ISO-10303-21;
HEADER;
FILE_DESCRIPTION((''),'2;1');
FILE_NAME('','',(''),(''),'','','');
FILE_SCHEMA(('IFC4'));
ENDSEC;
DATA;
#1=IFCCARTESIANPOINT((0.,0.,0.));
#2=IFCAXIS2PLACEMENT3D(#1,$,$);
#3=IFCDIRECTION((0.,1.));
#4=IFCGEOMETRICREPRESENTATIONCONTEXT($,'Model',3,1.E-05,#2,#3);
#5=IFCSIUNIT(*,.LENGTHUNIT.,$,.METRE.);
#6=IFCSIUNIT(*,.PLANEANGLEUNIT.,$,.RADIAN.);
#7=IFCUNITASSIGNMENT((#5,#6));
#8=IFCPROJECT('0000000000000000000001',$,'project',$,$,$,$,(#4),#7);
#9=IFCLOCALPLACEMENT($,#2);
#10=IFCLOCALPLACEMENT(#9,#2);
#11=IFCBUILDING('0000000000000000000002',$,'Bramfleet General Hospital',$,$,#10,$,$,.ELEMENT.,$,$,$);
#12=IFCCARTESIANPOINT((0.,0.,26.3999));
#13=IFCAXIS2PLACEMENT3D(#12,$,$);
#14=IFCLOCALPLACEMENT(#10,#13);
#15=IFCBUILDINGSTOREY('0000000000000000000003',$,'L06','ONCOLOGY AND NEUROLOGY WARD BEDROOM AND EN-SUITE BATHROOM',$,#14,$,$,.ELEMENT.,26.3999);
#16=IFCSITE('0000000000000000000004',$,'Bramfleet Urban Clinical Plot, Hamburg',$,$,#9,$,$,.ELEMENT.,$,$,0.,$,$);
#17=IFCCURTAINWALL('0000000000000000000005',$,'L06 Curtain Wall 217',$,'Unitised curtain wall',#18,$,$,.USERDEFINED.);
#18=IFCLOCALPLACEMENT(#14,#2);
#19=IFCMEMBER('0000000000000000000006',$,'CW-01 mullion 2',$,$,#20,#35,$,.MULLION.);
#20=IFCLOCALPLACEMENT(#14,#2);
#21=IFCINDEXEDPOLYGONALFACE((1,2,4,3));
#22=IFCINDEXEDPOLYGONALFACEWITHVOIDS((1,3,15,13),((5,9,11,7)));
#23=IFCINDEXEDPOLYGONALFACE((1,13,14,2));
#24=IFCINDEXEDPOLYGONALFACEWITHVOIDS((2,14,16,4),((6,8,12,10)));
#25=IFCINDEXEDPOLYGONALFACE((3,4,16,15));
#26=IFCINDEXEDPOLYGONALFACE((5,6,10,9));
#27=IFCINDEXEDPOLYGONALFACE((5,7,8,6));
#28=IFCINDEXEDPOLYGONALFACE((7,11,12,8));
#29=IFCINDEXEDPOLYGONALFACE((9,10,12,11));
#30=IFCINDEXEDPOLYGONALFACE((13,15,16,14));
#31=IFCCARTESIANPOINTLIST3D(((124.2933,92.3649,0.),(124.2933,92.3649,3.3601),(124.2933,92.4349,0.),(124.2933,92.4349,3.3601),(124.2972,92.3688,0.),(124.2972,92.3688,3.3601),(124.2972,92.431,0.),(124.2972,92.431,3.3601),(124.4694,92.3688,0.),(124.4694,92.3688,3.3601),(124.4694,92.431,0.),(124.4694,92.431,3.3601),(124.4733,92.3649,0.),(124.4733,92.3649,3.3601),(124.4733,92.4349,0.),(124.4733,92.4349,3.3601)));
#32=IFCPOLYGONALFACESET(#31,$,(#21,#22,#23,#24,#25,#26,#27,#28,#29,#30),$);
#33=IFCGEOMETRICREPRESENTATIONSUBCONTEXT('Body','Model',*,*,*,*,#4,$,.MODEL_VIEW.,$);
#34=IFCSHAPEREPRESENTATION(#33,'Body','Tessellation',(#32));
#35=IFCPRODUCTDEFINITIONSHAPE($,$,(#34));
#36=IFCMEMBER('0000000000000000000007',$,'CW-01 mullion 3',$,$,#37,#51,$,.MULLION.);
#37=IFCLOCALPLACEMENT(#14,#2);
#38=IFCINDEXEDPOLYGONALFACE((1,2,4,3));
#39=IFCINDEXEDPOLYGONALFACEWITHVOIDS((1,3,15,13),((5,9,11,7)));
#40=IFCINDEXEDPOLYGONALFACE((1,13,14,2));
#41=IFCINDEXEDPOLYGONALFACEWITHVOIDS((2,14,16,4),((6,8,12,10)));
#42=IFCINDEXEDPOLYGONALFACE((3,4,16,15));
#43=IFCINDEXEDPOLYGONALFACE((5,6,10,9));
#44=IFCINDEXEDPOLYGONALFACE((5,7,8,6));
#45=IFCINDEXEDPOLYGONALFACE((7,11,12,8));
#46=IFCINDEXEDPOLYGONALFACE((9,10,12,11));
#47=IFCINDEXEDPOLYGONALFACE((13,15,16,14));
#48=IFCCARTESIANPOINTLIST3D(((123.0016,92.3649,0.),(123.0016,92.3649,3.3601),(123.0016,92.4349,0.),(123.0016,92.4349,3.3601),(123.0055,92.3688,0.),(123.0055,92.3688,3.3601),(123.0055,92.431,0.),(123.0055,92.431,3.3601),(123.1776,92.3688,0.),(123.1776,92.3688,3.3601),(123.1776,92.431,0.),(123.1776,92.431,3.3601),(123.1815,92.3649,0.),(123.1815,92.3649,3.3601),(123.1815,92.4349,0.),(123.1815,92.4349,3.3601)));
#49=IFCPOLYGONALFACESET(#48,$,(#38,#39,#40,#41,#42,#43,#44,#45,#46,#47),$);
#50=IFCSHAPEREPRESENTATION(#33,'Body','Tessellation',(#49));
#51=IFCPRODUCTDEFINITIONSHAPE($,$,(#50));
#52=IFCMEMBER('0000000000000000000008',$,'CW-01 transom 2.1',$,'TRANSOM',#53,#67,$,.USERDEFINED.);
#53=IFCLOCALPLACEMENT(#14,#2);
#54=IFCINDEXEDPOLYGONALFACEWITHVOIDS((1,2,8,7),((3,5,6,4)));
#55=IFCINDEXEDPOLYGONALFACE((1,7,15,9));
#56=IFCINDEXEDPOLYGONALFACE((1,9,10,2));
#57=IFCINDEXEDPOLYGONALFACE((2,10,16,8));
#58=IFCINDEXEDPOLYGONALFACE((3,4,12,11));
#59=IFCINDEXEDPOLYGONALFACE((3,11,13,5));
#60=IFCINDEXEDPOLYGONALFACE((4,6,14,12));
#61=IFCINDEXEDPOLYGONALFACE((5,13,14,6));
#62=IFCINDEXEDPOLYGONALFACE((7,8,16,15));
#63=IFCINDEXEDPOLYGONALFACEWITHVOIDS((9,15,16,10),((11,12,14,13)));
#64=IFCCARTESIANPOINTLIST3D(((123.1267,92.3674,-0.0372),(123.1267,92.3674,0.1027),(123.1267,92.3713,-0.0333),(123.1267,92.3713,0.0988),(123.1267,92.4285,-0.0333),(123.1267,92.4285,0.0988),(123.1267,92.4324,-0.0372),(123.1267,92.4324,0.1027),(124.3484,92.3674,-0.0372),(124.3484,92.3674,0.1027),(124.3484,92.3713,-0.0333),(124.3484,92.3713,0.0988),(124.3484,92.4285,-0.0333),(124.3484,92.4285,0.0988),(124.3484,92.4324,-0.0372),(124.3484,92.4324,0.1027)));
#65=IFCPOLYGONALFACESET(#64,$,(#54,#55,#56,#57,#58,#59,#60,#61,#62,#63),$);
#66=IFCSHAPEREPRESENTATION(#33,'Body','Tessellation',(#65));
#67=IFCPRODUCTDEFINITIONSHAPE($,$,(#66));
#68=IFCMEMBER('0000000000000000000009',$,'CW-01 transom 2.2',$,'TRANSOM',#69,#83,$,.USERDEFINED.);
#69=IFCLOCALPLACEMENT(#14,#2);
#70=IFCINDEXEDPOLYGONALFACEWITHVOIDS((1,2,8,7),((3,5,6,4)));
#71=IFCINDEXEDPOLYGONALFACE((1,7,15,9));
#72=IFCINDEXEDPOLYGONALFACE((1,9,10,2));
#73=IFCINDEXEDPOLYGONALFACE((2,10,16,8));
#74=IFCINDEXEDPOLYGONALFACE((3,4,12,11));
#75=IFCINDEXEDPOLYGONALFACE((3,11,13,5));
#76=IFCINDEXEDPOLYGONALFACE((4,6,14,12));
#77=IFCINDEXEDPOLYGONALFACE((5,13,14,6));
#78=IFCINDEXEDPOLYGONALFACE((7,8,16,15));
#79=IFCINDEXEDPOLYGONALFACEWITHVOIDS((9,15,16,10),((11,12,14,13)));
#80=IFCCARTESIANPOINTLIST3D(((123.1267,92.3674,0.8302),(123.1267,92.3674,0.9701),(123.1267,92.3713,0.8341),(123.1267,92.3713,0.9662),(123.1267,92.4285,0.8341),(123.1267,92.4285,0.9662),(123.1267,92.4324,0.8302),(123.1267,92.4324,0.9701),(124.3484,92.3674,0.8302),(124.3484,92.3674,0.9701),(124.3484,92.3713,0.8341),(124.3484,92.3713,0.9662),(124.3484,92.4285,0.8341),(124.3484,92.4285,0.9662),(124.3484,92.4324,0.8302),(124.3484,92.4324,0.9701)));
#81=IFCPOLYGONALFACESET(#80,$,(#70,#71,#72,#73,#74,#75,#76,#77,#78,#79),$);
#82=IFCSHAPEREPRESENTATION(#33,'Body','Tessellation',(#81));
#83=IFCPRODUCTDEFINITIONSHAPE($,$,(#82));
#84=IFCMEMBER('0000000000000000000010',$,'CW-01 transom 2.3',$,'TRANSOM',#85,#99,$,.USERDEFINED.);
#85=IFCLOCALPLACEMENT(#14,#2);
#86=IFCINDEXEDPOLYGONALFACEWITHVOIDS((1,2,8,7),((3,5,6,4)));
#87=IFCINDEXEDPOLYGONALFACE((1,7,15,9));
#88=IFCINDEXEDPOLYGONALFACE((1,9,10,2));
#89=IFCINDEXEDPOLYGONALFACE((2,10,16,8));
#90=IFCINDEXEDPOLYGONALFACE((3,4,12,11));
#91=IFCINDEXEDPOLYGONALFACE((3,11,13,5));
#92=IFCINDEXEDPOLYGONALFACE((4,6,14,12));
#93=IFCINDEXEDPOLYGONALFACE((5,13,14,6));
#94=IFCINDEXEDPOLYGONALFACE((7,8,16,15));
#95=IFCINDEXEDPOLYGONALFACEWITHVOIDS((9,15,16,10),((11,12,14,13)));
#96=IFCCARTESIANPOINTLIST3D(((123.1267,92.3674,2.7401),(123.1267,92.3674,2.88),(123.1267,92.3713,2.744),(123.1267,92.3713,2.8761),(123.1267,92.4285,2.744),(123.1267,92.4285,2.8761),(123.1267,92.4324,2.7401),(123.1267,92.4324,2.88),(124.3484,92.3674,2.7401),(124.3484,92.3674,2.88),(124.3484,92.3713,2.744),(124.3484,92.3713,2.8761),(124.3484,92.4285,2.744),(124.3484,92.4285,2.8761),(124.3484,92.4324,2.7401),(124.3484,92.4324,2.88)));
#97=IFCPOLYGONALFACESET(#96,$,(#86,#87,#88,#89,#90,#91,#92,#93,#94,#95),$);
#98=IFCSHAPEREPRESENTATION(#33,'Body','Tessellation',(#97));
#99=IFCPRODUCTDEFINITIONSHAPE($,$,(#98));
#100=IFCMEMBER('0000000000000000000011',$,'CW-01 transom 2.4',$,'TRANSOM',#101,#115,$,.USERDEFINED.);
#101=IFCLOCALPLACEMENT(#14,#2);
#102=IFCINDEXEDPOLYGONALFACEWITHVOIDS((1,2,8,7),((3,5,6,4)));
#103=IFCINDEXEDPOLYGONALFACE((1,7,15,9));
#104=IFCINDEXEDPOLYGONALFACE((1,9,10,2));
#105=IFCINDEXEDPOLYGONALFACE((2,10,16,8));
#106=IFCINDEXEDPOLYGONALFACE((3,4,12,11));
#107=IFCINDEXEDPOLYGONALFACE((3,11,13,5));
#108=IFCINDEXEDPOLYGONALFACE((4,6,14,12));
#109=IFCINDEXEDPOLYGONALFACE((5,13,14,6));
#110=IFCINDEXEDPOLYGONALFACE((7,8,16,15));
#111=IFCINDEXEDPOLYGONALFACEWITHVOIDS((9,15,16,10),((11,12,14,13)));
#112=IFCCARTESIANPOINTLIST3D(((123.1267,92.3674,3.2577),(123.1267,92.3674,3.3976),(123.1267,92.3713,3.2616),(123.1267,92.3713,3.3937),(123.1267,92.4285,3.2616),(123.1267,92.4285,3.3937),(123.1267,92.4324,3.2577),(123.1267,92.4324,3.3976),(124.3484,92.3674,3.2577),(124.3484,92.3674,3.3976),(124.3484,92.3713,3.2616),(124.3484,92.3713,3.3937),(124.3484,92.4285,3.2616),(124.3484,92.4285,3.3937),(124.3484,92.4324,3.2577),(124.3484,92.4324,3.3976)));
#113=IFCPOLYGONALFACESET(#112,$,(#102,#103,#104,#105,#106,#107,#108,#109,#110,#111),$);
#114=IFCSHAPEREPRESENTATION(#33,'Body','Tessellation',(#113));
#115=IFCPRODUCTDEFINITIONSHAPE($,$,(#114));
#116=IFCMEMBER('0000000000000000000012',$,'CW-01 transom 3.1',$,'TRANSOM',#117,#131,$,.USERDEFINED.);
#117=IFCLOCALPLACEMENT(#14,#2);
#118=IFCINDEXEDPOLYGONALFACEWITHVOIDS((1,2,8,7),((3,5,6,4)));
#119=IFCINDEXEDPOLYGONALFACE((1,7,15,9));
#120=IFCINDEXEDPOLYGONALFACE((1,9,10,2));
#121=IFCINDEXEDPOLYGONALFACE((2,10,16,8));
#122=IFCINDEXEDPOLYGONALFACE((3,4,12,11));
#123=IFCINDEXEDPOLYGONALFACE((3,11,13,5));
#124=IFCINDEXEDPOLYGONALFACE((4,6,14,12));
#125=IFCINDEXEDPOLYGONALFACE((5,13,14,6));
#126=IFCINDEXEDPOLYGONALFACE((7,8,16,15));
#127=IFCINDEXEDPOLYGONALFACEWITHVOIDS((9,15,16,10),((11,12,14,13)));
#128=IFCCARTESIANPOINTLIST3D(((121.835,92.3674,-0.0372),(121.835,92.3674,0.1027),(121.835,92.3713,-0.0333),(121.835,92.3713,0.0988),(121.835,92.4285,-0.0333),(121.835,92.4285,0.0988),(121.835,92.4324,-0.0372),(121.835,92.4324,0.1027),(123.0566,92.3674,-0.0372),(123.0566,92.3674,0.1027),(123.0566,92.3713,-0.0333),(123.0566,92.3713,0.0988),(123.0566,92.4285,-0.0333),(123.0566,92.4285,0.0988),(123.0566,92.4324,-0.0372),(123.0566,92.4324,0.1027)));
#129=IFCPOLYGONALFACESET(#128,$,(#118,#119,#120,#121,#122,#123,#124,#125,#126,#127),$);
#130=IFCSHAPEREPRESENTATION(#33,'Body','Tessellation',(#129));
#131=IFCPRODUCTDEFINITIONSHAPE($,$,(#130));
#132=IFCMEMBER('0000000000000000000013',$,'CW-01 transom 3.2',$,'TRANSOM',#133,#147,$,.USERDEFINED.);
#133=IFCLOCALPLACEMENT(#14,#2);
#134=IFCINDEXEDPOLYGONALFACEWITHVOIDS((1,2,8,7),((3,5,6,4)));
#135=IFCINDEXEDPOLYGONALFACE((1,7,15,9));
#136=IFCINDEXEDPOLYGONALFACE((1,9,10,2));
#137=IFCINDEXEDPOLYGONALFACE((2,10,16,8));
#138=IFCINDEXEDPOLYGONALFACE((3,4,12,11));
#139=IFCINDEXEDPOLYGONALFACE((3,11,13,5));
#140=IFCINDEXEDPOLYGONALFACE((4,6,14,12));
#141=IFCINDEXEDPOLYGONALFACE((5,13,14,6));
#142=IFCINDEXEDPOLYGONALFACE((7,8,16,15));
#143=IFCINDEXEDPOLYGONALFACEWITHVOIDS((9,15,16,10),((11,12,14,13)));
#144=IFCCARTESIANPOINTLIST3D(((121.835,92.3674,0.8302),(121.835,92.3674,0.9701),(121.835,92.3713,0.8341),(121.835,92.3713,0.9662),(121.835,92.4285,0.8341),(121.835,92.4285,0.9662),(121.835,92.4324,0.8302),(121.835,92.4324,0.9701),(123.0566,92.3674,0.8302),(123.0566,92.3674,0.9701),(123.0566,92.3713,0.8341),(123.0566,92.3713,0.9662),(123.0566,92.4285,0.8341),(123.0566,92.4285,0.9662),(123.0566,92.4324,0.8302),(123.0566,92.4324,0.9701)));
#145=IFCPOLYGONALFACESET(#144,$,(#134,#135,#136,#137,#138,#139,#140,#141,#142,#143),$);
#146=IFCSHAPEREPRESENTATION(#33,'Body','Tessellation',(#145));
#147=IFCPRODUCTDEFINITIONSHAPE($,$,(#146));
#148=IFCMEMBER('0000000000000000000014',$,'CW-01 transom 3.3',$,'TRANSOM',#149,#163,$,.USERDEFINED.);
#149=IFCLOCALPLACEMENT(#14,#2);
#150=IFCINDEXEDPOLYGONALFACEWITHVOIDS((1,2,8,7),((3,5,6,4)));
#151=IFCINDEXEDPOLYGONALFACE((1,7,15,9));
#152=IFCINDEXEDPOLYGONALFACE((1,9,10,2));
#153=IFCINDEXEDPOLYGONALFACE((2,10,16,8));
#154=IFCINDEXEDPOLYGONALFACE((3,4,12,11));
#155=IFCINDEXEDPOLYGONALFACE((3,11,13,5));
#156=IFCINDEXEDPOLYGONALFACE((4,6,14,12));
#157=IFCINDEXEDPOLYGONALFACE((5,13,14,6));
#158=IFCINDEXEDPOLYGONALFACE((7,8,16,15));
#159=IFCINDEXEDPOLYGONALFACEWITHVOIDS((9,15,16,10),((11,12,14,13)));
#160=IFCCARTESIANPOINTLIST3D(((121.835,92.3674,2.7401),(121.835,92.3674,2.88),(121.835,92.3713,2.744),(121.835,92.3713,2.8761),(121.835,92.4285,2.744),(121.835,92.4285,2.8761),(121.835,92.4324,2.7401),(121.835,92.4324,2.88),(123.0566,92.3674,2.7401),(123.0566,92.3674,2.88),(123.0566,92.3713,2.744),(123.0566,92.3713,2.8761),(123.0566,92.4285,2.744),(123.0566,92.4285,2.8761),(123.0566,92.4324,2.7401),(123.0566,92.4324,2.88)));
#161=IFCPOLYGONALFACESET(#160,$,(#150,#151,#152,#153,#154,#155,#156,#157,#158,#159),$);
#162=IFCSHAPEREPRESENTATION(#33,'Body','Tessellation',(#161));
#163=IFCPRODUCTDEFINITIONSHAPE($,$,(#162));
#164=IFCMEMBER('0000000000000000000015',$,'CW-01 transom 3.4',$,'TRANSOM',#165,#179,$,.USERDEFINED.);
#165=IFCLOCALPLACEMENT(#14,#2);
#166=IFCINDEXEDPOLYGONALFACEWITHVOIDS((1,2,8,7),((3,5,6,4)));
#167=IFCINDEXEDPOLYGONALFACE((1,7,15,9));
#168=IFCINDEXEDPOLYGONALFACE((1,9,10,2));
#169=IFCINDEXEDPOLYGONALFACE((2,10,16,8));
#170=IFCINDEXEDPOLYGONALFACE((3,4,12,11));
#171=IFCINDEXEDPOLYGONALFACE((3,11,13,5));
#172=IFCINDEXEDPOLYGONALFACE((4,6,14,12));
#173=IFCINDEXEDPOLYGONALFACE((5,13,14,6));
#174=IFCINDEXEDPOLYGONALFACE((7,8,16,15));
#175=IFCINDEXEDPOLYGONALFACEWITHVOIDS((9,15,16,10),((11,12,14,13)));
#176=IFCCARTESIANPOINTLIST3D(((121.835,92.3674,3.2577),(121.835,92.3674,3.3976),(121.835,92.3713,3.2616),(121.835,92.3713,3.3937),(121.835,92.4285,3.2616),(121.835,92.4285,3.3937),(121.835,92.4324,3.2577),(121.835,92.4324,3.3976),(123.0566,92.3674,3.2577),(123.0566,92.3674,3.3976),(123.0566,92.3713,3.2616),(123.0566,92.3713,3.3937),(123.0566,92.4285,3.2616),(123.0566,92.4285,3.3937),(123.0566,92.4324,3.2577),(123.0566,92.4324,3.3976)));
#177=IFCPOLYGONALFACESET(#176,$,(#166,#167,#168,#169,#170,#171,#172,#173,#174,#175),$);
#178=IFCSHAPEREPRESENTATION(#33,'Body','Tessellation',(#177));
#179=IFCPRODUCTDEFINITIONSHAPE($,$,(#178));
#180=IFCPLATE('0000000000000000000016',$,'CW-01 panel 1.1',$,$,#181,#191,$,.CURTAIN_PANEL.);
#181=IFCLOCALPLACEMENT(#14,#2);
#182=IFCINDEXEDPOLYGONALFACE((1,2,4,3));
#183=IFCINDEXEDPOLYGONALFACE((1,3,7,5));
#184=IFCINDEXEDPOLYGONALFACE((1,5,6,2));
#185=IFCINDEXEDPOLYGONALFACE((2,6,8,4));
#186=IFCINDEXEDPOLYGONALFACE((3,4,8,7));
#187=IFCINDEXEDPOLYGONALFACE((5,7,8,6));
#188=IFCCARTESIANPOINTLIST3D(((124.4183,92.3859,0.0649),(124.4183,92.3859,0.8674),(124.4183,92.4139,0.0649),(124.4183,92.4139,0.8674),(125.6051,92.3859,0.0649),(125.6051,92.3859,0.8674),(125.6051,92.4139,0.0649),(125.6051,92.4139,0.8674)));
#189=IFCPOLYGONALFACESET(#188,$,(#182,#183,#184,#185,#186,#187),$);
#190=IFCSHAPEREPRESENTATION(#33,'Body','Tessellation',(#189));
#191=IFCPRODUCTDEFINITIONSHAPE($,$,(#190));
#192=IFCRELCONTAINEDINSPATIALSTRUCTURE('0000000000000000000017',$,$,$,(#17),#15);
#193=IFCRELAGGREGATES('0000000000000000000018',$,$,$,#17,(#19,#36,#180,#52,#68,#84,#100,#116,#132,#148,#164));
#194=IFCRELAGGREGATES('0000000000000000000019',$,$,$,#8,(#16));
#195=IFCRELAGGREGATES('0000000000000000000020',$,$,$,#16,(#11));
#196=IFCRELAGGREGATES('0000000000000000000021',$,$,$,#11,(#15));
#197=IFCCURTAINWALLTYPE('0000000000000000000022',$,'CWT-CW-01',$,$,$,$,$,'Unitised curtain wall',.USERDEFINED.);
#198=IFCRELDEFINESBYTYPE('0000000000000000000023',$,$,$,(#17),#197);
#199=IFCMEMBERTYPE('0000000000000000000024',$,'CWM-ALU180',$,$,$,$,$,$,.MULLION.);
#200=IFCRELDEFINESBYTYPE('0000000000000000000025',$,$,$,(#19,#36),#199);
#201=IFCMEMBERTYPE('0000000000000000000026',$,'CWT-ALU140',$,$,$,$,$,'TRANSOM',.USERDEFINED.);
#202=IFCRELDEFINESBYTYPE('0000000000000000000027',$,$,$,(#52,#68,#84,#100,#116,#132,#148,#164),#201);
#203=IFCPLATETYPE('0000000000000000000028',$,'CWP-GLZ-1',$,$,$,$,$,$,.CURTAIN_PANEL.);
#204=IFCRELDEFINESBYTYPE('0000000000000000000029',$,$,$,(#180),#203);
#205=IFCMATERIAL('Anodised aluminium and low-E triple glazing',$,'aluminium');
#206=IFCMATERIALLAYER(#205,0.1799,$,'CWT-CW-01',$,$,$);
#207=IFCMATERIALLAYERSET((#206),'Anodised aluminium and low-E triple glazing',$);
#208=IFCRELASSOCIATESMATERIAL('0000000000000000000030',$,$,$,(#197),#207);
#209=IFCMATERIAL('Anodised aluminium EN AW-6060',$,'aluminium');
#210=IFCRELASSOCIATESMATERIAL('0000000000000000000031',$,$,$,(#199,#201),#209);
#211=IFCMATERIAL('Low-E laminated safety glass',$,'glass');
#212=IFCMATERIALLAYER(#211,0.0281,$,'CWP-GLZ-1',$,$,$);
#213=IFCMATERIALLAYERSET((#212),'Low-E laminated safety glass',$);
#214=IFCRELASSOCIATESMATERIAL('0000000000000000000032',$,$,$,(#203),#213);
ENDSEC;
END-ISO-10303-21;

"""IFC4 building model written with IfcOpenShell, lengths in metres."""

from ifc_helpers import new_model, si_unit, direction, frame, origin, origin_2d, place, context, subcontext, project, spatial, rectangle, hollow_rectangle, extrude, material, layer, layer_set, material_profile, profile_set, type_object, element, aggregate, save


model = new_model("IFC4")

# Units and contexts
model_context = context("Model", 3, precision=1e-05, world=origin(), true_north=direction((0.0, 1.0)))
body_context = subcontext(model_context, "Body", "Model", "MODEL_VIEW")
ifc_project = project(units=[si_unit("LENGTHUNIT", "METRE"), si_unit("PLANEANGLEUNIT", "RADIAN")], contexts=[model_context])

# Site, building, storey
site_placement = place(None, origin())
site = spatial("IfcSite", under=ifc_project, at=site_placement, Name="Bramfleet Urban Clinical Plot, Hamburg", CompositionType="ELEMENT", RefElevation=0.0)
building_placement = place(site_placement, origin())
building = spatial("IfcBuilding", under=site, at=building_placement, Name="Bramfleet General Hospital", CompositionType="ELEMENT")
storey_placement = place(building_placement, frame((0.0, 0.0, 26.3999)))
storey = spatial("IfcBuildingStorey", under=building, at=storey_placement, Name="L06", Description="ONCOLOGY AND NEUROLOGY WARD BEDROOM AND EN-SUITE BATHROOM", CompositionType="ELEMENT", Elevation=26.3999)

# Curtain wall, members, plate
ifc_material_1 = material(Name="Anodised aluminium and low-E triple glazing", Category="aluminium")
ifc_layer_1 = layer(ifc_material_1, 0.1799, Name="CWT-CW-01")
ifc_layer_set_1 = layer_set([ifc_layer_1], Name="Anodised aluminium and low-E triple glazing")
curtain_wall_type = type_object("IfcCurtainWallType", Name="CWT-CW-01", ElementType="Unitised curtain wall", PredefinedType="USERDEFINED", material=ifc_layer_set_1)
curtain_wall_placement = place(storey_placement, origin())
curtain_wall = element("IfcCurtainWall", 1, at=curtain_wall_placement, inside=storey, type_object=curtain_wall_type, Name="L06 Curtain Wall 217", ObjectType="Unitised curtain wall", PredefinedType="USERDEFINED")
ifc_material_2 = material(Name="Anodised aluminium EN AW-6060", Category="aluminium")
ifc_material_profile_1 = material_profile(ifc_material_2, hollow_rectangle(XDim=0.0701, YDim=0.1799, WallThickness=0.0039, at=origin_2d()), Name="ALU 180x70x4.0")
ifc_profile_set_1 = profile_set([ifc_material_profile_1], Name="Anodised aluminium EN AW-6060")
member_type_1 = type_object("IfcMemberType", Name="CWM-ALU180", PredefinedType="MULLION", material=ifc_profile_set_1)
member_1_placement = place(storey_placement, frame((124.3833, 92.3999, 0.0), z_axis=(0.0, 0.0, 1.0), x_axis=(0.0, -1.0, 0.0)))
member_1 = element("IfcMember", 2, at=member_1_placement, type_object=member_type_1, Name="CW-01 mullion 2", PredefinedType="MULLION", context=body_context, shape_type="SweptSolid", body=[
    extrude(hollow_rectangle(XDim=0.0701, YDim=0.1799, WallThickness=0.0039, at=origin_2d()), origin(), (0.0, 0.0, 1.0), 3.3601),
])
member_2_placement = place(storey_placement, frame((123.0916, 92.3999, 0.0), z_axis=(0.0, 0.0, 1.0), x_axis=(0.0, -1.0, 0.0)))
member_2 = element("IfcMember", 3, at=member_2_placement, type_object=member_type_1, Name="CW-01 mullion 3", PredefinedType="MULLION", context=body_context, shape_type="SweptSolid", body=[
    extrude(hollow_rectangle(XDim=0.0701, YDim=0.1799, WallThickness=0.0039, at=origin_2d()), origin(), (0.0, 0.0, 1.0), 3.3601),
])
ifc_material_profile_2 = material_profile(ifc_material_2, hollow_rectangle(XDim=0.0649, YDim=0.1399, WallThickness=0.0039, at=origin_2d()), Name="ALU 140x65x4.0")
ifc_profile_set_2 = profile_set([ifc_material_profile_2], Name="Anodised aluminium EN AW-6060")
member_type_2 = type_object("IfcMemberType", Name="CWT-ALU140", ElementType="TRANSOM", PredefinedType="USERDEFINED", material=ifc_profile_set_2)
member_3_placement = place(storey_placement, frame((124.3484, 92.3999, 0.0327), z_axis=(-1.0, 0.0, 0.0), x_axis=(0.0, -1.0, 0.0)))
member_3 = element("IfcMember", 4, at=member_3_placement, type_object=member_type_2, Name="CW-01 transom 2.1", ObjectType="TRANSOM", PredefinedType="USERDEFINED", context=body_context, shape_type="SweptSolid", body=[
    extrude(hollow_rectangle(XDim=0.0649, YDim=0.1399, WallThickness=0.0039, at=origin_2d()), origin(), (0.0, 0.0, 1.0), 1.2217),
])
member_4_placement = place(storey_placement, frame((124.3484, 92.3999, 0.9001), z_axis=(-1.0, 0.0, 0.0), x_axis=(0.0, -1.0, 0.0)))
member_4 = element("IfcMember", 5, at=member_4_placement, type_object=member_type_2, Name="CW-01 transom 2.2", ObjectType="TRANSOM", PredefinedType="USERDEFINED", context=body_context, shape_type="SweptSolid", body=[
    extrude(hollow_rectangle(XDim=0.0649, YDim=0.1399, WallThickness=0.0039, at=origin_2d()), origin(), (0.0, 0.0, 1.0), 1.2217),
])
member_5_placement = place(storey_placement, frame((124.3484, 92.3999, 2.8101), z_axis=(-1.0, 0.0, 0.0), x_axis=(0.0, -1.0, 0.0)))
member_5 = element("IfcMember", 6, at=member_5_placement, type_object=member_type_2, Name="CW-01 transom 2.3", ObjectType="TRANSOM", PredefinedType="USERDEFINED", context=body_context, shape_type="SweptSolid", body=[
    extrude(hollow_rectangle(XDim=0.0649, YDim=0.1399, WallThickness=0.0039, at=origin_2d()), origin(), (0.0, 0.0, 1.0), 1.2217),
])
member_6_placement = place(storey_placement, frame((124.3484, 92.3999, 3.3276), z_axis=(-1.0, 0.0, 0.0), x_axis=(0.0, -1.0, 0.0)))
member_6 = element("IfcMember", 7, at=member_6_placement, type_object=member_type_2, Name="CW-01 transom 2.4", ObjectType="TRANSOM", PredefinedType="USERDEFINED", context=body_context, shape_type="SweptSolid", body=[
    extrude(hollow_rectangle(XDim=0.0649, YDim=0.1399, WallThickness=0.0039, at=origin_2d()), origin(), (0.0, 0.0, 1.0), 1.2217),
])
member_7_placement = place(storey_placement, frame((123.0566, 92.3999, 0.0327), z_axis=(-1.0, 0.0, 0.0), x_axis=(0.0, -1.0, 0.0)))
member_7 = element("IfcMember", 8, at=member_7_placement, type_object=member_type_2, Name="CW-01 transom 3.1", ObjectType="TRANSOM", PredefinedType="USERDEFINED", context=body_context, shape_type="SweptSolid", body=[
    extrude(hollow_rectangle(XDim=0.0649, YDim=0.1399, WallThickness=0.0039, at=origin_2d()), origin(), (0.0, 0.0, 1.0), 1.2217),
])
member_8_placement = place(storey_placement, frame((123.0566, 92.3999, 0.9001), z_axis=(-1.0, 0.0, 0.0), x_axis=(0.0, -1.0, 0.0)))
member_8 = element("IfcMember", 9, at=member_8_placement, type_object=member_type_2, Name="CW-01 transom 3.2", ObjectType="TRANSOM", PredefinedType="USERDEFINED", context=body_context, shape_type="SweptSolid", body=[
    extrude(hollow_rectangle(XDim=0.0649, YDim=0.1399, WallThickness=0.0039, at=origin_2d()), origin(), (0.0, 0.0, 1.0), 1.2217),
])
member_9_placement = place(storey_placement, frame((123.0566, 92.3999, 2.8101), z_axis=(-1.0, 0.0, 0.0), x_axis=(0.0, -1.0, 0.0)))
member_9 = element("IfcMember", 10, at=member_9_placement, type_object=member_type_2, Name="CW-01 transom 3.3", ObjectType="TRANSOM", PredefinedType="USERDEFINED", context=body_context, shape_type="SweptSolid", body=[
    extrude(hollow_rectangle(XDim=0.0649, YDim=0.1399, WallThickness=0.0039, at=origin_2d()), origin(), (0.0, 0.0, 1.0), 1.2217),
])
member_10_placement = place(storey_placement, frame((123.0566, 92.3999, 3.3276), z_axis=(-1.0, 0.0, 0.0), x_axis=(0.0, -1.0, 0.0)))
member_10 = element("IfcMember", 11, at=member_10_placement, type_object=member_type_2, Name="CW-01 transom 3.4", ObjectType="TRANSOM", PredefinedType="USERDEFINED", context=body_context, shape_type="SweptSolid", body=[
    extrude(hollow_rectangle(XDim=0.0649, YDim=0.1399, WallThickness=0.0039, at=origin_2d()), origin(), (0.0, 0.0, 1.0), 1.2217),
])
ifc_material_3 = material(Name="Low-E laminated safety glass", Category="glass")
ifc_layer_2 = layer(ifc_material_3, 0.0281, Name="CWP-GLZ-1")
ifc_layer_set_2 = layer_set([ifc_layer_2], Name="Low-E laminated safety glass")
plate_type = type_object("IfcPlateType", Name="CWP-GLZ-1", PredefinedType="CURTAIN_PANEL", material=ifc_layer_set_2)
plate_1_placement = place(storey_placement, frame((125.0117, 92.3999, 0.0649), z_axis=(0.0, 0.0, 1.0), x_axis=(-1.0, 0.0, 0.0)))
plate_1 = element("IfcPlate", 12, at=plate_1_placement, type_object=plate_type, Name="CW-01 panel 1.1", PredefinedType="CURTAIN_PANEL", context=body_context, shape_type="SweptSolid", body=[
    extrude(rectangle(XDim=1.1868, YDim=0.0281, at=origin_2d()), origin(), (0.0, 0.0, 1.0), 0.8025),
])
aggregate(curtain_wall, [member_1, member_2, plate_1, member_3, member_4, member_5, member_6, member_7, member_8, member_9, member_10])

save(model, "model.ifc")
